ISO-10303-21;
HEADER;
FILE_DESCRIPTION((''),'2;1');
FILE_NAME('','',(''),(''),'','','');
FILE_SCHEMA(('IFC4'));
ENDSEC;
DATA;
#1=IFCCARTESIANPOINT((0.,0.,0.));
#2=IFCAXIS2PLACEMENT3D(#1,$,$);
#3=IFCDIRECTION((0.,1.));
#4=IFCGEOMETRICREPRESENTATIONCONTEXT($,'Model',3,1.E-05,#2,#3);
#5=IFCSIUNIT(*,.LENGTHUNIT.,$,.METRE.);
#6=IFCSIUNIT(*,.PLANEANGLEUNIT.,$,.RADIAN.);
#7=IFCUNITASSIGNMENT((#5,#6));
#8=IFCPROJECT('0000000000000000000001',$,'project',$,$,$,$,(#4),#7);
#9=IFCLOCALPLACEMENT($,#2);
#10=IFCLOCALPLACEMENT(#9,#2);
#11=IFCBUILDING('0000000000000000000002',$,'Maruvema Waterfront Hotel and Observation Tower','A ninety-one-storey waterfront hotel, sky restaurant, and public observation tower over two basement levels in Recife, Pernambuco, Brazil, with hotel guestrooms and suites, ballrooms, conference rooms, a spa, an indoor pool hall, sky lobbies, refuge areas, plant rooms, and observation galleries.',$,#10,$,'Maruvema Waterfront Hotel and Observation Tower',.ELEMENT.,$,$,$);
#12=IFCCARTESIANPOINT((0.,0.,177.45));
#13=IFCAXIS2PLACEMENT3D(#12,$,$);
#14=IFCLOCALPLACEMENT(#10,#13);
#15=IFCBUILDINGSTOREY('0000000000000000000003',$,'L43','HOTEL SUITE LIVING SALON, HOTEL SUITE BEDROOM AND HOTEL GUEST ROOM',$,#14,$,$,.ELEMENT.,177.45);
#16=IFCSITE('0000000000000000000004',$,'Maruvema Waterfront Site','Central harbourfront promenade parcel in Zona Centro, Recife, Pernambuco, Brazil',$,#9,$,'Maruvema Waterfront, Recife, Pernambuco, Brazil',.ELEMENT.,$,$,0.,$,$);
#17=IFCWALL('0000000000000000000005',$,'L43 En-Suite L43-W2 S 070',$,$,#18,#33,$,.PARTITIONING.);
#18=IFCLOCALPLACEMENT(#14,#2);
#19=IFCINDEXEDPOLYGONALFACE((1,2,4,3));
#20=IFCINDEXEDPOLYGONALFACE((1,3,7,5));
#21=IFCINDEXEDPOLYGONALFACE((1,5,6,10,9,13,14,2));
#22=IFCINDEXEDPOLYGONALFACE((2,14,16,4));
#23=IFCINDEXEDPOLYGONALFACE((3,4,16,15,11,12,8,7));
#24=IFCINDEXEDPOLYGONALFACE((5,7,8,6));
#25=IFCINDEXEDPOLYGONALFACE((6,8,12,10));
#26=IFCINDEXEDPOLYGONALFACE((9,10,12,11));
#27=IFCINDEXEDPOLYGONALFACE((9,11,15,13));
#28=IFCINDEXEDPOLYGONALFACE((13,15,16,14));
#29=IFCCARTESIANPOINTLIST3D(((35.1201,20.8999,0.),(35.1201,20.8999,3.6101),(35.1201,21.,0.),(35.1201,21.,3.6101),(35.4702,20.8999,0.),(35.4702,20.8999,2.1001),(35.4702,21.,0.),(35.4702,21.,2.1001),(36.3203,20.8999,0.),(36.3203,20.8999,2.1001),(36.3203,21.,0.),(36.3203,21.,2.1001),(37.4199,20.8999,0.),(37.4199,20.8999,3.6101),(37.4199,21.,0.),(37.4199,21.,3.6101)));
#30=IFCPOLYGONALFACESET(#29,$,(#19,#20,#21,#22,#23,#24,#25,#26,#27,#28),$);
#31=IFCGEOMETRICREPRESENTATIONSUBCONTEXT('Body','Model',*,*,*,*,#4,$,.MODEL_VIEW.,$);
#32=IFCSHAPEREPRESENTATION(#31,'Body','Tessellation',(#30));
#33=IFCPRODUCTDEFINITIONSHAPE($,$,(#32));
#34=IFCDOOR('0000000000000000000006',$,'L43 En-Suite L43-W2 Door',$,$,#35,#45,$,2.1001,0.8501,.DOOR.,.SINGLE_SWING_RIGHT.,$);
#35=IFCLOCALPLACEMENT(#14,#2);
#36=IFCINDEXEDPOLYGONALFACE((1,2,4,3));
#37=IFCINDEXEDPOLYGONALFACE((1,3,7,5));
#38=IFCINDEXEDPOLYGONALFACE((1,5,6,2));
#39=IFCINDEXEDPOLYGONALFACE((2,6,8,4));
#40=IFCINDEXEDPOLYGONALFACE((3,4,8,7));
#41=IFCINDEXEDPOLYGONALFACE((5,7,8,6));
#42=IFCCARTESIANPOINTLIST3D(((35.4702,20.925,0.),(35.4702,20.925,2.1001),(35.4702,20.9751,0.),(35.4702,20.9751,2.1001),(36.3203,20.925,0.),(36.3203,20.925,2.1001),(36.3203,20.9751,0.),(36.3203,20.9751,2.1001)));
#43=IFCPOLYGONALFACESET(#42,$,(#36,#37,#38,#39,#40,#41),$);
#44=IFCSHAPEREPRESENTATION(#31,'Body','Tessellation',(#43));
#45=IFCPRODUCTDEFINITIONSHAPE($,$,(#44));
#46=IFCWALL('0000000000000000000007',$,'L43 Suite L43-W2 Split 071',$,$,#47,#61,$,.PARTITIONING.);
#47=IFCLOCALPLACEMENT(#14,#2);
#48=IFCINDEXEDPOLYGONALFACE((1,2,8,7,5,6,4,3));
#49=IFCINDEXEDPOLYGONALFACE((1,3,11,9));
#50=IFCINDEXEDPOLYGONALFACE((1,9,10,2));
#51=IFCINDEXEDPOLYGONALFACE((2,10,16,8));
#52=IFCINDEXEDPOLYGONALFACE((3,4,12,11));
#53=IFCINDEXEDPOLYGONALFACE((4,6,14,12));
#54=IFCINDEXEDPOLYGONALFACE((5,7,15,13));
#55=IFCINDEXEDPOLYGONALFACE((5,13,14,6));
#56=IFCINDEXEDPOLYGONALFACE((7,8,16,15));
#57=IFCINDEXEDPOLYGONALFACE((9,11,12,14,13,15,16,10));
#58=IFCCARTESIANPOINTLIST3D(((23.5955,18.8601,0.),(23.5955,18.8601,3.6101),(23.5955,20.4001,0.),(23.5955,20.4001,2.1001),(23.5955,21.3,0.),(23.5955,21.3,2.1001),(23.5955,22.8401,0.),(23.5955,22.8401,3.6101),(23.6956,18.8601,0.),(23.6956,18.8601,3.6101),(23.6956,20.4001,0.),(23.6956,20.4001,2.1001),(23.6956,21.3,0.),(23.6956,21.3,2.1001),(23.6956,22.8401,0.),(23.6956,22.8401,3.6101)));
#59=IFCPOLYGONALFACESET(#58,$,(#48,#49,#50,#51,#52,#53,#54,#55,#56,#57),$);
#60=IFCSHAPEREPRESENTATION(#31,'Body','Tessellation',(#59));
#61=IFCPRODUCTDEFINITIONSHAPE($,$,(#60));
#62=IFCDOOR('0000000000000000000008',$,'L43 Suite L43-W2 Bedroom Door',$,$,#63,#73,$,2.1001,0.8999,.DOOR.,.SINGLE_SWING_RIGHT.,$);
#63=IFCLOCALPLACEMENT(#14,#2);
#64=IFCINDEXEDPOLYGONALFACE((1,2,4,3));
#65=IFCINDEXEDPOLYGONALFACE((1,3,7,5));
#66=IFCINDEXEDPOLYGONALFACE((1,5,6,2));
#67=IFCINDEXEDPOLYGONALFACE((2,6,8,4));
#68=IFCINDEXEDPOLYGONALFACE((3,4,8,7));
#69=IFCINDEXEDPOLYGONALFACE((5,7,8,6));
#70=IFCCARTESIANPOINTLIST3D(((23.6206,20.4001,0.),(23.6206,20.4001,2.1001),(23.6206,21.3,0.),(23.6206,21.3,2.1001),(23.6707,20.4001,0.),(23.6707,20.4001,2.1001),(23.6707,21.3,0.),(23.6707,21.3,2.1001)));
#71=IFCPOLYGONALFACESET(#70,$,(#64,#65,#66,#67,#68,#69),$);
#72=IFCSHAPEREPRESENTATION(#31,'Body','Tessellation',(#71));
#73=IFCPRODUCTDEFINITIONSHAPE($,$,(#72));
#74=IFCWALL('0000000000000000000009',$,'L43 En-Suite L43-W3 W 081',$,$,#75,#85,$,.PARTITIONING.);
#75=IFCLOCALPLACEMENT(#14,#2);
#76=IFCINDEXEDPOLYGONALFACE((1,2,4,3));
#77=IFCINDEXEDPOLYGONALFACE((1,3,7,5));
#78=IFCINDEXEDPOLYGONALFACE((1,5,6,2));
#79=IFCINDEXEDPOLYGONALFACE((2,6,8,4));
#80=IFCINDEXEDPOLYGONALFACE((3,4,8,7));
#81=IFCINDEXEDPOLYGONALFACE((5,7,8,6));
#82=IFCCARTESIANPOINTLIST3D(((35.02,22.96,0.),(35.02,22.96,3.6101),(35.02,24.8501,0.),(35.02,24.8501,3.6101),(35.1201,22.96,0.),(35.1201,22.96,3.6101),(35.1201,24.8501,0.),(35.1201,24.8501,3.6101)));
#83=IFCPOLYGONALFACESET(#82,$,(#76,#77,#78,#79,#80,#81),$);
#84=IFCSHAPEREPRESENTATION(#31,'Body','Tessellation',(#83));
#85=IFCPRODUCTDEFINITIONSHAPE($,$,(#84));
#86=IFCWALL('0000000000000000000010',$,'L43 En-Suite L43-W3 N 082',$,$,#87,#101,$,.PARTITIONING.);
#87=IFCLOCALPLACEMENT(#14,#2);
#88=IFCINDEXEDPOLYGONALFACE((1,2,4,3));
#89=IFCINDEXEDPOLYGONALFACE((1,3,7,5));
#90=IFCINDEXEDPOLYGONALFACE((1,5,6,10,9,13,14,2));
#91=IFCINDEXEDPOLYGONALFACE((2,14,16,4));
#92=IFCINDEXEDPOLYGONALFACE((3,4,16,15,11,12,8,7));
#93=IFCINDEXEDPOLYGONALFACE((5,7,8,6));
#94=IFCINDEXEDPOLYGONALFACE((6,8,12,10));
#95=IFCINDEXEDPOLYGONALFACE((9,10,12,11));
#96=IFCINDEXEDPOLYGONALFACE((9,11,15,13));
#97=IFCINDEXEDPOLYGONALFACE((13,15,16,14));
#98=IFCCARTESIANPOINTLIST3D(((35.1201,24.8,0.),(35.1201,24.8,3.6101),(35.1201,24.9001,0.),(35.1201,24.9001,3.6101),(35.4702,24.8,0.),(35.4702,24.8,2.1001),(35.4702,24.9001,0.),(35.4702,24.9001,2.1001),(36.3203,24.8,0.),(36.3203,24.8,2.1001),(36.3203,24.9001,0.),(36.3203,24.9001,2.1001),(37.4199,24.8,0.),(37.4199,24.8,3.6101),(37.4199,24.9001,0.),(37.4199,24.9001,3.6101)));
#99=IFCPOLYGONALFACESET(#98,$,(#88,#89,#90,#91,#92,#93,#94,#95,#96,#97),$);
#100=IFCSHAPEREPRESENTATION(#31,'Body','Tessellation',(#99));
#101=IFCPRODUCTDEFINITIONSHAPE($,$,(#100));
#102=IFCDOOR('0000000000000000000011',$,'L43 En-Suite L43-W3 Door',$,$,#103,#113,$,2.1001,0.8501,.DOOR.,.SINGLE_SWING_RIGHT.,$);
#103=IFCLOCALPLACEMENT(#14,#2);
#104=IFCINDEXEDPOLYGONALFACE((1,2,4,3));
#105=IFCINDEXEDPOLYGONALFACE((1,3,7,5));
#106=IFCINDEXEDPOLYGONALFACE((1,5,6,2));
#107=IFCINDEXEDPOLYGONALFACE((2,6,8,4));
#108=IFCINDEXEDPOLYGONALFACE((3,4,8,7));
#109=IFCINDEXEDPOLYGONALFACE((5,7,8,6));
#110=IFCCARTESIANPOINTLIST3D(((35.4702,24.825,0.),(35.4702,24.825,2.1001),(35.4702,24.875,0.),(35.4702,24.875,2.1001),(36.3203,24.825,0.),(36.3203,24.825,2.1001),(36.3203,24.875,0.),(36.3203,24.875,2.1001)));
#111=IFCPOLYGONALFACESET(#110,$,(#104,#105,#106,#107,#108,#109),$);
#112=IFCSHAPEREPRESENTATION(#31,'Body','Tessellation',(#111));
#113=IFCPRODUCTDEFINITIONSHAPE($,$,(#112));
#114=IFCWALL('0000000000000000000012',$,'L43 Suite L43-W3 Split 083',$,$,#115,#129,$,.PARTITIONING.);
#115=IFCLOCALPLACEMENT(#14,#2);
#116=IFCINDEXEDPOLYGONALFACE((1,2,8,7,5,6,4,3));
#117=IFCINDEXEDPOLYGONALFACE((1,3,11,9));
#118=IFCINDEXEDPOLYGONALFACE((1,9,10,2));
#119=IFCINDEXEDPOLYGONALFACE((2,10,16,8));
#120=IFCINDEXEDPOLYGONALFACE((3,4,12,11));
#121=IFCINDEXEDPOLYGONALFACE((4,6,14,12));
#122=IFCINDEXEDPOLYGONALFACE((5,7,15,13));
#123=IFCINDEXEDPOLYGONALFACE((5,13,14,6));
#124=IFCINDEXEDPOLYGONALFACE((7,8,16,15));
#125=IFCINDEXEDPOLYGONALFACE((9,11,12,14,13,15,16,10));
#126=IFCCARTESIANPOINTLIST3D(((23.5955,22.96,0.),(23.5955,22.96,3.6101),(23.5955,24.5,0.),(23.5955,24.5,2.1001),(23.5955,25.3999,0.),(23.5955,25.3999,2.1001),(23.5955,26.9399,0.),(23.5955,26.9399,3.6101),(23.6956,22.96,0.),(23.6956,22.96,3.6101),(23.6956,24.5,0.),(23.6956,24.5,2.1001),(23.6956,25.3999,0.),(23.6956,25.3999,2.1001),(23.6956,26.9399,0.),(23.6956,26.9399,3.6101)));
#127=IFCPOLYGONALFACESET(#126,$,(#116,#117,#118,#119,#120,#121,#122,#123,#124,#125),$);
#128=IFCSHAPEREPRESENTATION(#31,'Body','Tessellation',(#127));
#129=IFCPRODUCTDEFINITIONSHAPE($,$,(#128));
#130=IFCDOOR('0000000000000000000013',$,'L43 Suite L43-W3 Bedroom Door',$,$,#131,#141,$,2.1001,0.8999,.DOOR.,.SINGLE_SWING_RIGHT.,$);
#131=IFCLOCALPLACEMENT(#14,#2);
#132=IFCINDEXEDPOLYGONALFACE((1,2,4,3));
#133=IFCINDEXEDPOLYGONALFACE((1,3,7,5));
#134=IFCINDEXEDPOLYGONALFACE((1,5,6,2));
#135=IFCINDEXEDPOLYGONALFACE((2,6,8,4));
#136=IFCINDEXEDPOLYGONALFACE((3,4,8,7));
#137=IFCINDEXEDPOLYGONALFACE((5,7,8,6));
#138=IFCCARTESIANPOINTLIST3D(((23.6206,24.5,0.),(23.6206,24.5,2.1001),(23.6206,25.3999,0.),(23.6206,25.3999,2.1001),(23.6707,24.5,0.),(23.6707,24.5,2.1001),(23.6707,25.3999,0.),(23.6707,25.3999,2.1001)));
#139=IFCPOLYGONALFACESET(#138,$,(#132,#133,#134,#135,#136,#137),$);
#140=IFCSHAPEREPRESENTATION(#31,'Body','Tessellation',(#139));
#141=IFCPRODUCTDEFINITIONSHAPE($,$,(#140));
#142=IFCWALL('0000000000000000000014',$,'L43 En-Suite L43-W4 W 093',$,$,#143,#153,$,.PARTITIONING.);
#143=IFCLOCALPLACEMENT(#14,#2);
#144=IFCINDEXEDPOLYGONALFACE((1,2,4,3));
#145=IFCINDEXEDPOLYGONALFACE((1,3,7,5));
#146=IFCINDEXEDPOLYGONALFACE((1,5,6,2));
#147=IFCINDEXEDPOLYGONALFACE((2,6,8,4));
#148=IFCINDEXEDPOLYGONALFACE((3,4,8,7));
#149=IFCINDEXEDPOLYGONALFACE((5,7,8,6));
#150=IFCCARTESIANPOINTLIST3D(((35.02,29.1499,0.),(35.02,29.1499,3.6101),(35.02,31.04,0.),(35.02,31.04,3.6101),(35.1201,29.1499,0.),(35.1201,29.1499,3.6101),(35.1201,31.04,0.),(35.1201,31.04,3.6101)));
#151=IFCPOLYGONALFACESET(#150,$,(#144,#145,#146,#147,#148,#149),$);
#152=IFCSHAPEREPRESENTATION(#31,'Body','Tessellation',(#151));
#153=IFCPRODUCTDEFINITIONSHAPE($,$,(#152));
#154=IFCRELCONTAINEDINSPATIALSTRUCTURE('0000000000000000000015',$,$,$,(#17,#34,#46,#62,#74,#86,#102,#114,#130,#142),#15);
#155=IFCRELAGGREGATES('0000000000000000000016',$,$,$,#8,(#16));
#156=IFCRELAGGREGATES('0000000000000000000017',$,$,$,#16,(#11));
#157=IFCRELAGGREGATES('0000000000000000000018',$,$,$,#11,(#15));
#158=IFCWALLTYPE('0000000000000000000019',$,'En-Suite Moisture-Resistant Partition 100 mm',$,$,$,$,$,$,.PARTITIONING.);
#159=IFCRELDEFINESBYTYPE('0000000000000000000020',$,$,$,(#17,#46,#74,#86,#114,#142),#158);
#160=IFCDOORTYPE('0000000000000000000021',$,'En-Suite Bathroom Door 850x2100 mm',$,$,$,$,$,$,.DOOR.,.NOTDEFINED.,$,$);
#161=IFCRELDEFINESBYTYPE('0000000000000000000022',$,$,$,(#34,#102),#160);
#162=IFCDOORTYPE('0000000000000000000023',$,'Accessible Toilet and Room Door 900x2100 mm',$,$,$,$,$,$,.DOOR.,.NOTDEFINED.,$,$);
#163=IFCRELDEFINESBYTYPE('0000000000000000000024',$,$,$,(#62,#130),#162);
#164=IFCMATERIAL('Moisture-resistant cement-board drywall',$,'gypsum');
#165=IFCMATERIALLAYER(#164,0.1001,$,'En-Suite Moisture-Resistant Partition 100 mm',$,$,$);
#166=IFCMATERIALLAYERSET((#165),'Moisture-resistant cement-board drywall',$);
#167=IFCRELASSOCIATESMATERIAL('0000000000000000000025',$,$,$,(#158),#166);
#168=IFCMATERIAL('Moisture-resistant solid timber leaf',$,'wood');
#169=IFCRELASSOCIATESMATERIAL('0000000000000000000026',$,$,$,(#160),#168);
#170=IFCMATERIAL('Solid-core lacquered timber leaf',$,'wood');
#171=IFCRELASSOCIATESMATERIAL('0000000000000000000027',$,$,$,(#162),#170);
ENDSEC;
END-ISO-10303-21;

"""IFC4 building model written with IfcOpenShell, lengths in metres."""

from ifc_helpers import new_model, si_unit, direction, frame, frame_2d, origin, place, context, subcontext, project, spatial, rectangle, extrude, material, layer, layer_set, type_object, element, fill, save


model = new_model("IFC4")

# Units and contexts
model_context = context("Model", 3, precision=1e-05, world=origin(), true_north=direction((0.0, 1.0)))
body_context = subcontext(model_context, "Body", "Model", "MODEL_VIEW")
ifc_project = project(units=[si_unit("LENGTHUNIT", "METRE"), si_unit("PLANEANGLEUNIT", "RADIAN")], contexts=[model_context])

# Site, building, storey
site_placement = place(None, origin())
site = spatial("IfcSite", under=ifc_project, at=site_placement, Name="Maruvema Waterfront Site", Description="Central harbourfront promenade parcel in Zona Centro, Recife, Pernambuco, Brazil", LongName="Maruvema Waterfront, Recife, Pernambuco, Brazil", CompositionType="ELEMENT", RefElevation=0.0)
building_placement = place(site_placement, origin())
building = spatial("IfcBuilding", under=site, at=building_placement, Name="Maruvema Waterfront Hotel and Observation Tower", Description="A ninety-one-storey waterfront hotel, sky restaurant, and public observation tower over two basement levels in Recife, Pernambuco, Brazil, with hotel guestrooms and suites, ballrooms, conference rooms, a spa, an indoor pool hall, sky lobbies, refuge areas, plant rooms, and observation galleries.", LongName="Maruvema Waterfront Hotel and Observation Tower", CompositionType="ELEMENT")
storey_placement = place(building_placement, frame((0.0, 0.0, 177.45)))
storey = spatial("IfcBuildingStorey", under=building, at=storey_placement, Name="L43", Description="HOTEL SUITE LIVING SALON, HOTEL SUITE BEDROOM AND HOTEL GUEST ROOM", CompositionType="ELEMENT", Elevation=177.45)

# Shared definitions
ifc_material_1 = material(Name="Moisture-resistant cement-board drywall", Category="gypsum")
ifc_layer_1 = layer(ifc_material_1, 0.1001, Name="En-Suite Moisture-Resistant Partition 100 mm")
ifc_layer_set_1 = layer_set([ifc_layer_1], Name="Moisture-resistant cement-board drywall")
wall_type = type_object("IfcWallType", Name="En-Suite Moisture-Resistant Partition 100 mm", PredefinedType="PARTITIONING", material=ifc_layer_set_1)

# Walls, openings, doors
wall_1_placement = place(storey_placement, frame((35.1201, 20.95, 0.0), z_axis=(0.0, 0.0, 1.0), x_axis=(1.0, 0.0, 0.0)))
wall_1 = element("IfcWall", 1, at=wall_1_placement, inside=storey, type_object=wall_type, Name="L43 En-Suite L43-W2 S 070", PredefinedType="PARTITIONING", context=body_context, shape_type="SweptSolid", body=[
    extrude(rectangle(XDim=2.2998, YDim=0.1001, at=frame_2d((1.1499, 0.0))), origin(), (0.0, 0.0, 1.0), 3.6101),
])
opening_1_placement = place(wall_1_placement, frame((0.3501, 0.0, 0.0)))
opening_1 = element("IfcOpeningElement", 2, at=opening_1_placement, cuts=wall_1, PredefinedType="OPENING", context=body_context, shape_type="SweptSolid", body=[
    extrude(rectangle(XDim=0.8501, YDim=2.1001, at=frame_2d((0.425, 1.05))), frame((0.0, 0.0601, 0.0), z_axis=(0.0, -1.0, 0.0), x_axis=(1.0, 0.0, 0.0)), (0.0, 0.0, 1.0), 0.1201),
])
ifc_material_2 = material(Name="Moisture-resistant solid timber leaf", Category="wood")
door_type_1 = type_object("IfcDoorType", Name="En-Suite Bathroom Door 850x2100 mm", OperationType="NOTDEFINED", PredefinedType="DOOR", material=ifc_material_2)
door_1_placement = place(opening_1_placement, frame((0.8501, 0.0, 0.0), z_axis=(0.0, 0.0, 1.0), x_axis=(-1.0, 0.0, 0.0)))
door_1 = element("IfcDoor", 3, at=door_1_placement, inside=storey, type_object=door_type_1, Name="L43 En-Suite L43-W2 Door", OperationType="SINGLE_SWING_RIGHT", OverallHeight=2.1001, OverallWidth=0.8501, PredefinedType="DOOR", context=body_context, shape_type="SweptSolid", body=[
    extrude(rectangle(XDim=0.8501, YDim=2.1001, at=frame_2d((0.425, 1.05))), frame((0.0, 0.0249, 0.0), z_axis=(0.0, -1.0, 0.0), x_axis=(1.0, 0.0, 0.0)), (0.0, 0.0, 1.0), 0.05),
])
fill(opening_1, door_1)
wall_2_placement = place(storey_placement, frame((23.6455, 18.8601, 0.0), z_axis=(0.0, 0.0, 1.0), x_axis=(0.0, 1.0, 0.0)))
wall_2 = element("IfcWall", 4, at=wall_2_placement, inside=storey, type_object=wall_type, Name="L43 Suite L43-W2 Split 071", PredefinedType="PARTITIONING", context=body_context, shape_type="SweptSolid", body=[
    extrude(rectangle(XDim=3.98, YDim=0.1001, at=frame_2d((1.99, 0.0))), origin(), (0.0, 0.0, 1.0), 3.6101),
])
opening_2_placement = place(wall_2_placement, frame((1.54, 0.0, 0.0)))
opening_2 = element("IfcOpeningElement", 5, at=opening_2_placement, cuts=wall_2, PredefinedType="OPENING", context=body_context, shape_type="SweptSolid", body=[
    extrude(rectangle(XDim=0.8999, YDim=2.1001, at=frame_2d((0.45, 1.05))), frame((0.0, 0.0601, 0.0), z_axis=(0.0, -1.0, 0.0), x_axis=(1.0, 0.0, 0.0)), (0.0, 0.0, 1.0), 0.1201),
])
ifc_material_3 = material(Name="Solid-core lacquered timber leaf", Category="wood")
door_type_2 = type_object("IfcDoorType", Name="Accessible Toilet and Room Door 900x2100 mm", OperationType="NOTDEFINED", PredefinedType="DOOR", material=ifc_material_3)
door_2_placement = place(opening_2_placement, origin())
door_2 = element("IfcDoor", 6, at=door_2_placement, inside=storey, type_object=door_type_2, Name="L43 Suite L43-W2 Bedroom Door", OperationType="SINGLE_SWING_RIGHT", OverallHeight=2.1001, OverallWidth=0.8999, PredefinedType="DOOR", context=body_context, shape_type="SweptSolid", body=[
    extrude(rectangle(XDim=0.8999, YDim=2.1001, at=frame_2d((0.45, 1.05))), frame((0.0, 0.0249, 0.0), z_axis=(0.0, -1.0, 0.0), x_axis=(1.0, 0.0, 0.0)), (0.0, 0.0, 1.0), 0.05),
])
fill(opening_2, door_2)

# Wall
wall_3_placement = place(storey_placement, frame((35.0701, 22.96, 0.0), z_axis=(0.0, 0.0, 1.0), x_axis=(0.0, 1.0, 0.0)))
element("IfcWall", 7, at=wall_3_placement, inside=storey, type_object=wall_type, Name="L43 En-Suite L43-W3 W 081", PredefinedType="PARTITIONING", context=body_context, shape_type="SweptSolid", body=[
    extrude(rectangle(XDim=1.8901, YDim=0.1001, at=frame_2d((0.9451, 0.0))), origin(), (0.0, 0.0, 1.0), 3.6101),
])

# Walls, openings, doors
wall_4_placement = place(storey_placement, frame((35.1201, 24.8501, 0.0), z_axis=(0.0, 0.0, 1.0), x_axis=(1.0, 0.0, 0.0)))
wall_4 = element("IfcWall", 8, at=wall_4_placement, inside=storey, type_object=wall_type, Name="L43 En-Suite L43-W3 N 082", PredefinedType="PARTITIONING", context=body_context, shape_type="SweptSolid", body=[
    extrude(rectangle(XDim=2.2998, YDim=0.1001, at=frame_2d((1.1499, 0.0))), origin(), (0.0, 0.0, 1.0), 3.6101),
])
opening_3_placement = place(wall_4_placement, frame((0.3501, 0.0, 0.0)))
opening_3 = element("IfcOpeningElement", 9, at=opening_3_placement, cuts=wall_4, PredefinedType="OPENING", context=body_context, shape_type="SweptSolid", body=[
    extrude(rectangle(XDim=0.8501, YDim=2.1001, at=frame_2d((0.425, 1.05))), frame((0.0, 0.0601, 0.0), z_axis=(0.0, -1.0, 0.0), x_axis=(1.0, 0.0, 0.0)), (0.0, 0.0, 1.0), 0.1201),
])
door_3_placement = place(opening_3_placement, origin())
door_3 = element("IfcDoor", 10, at=door_3_placement, inside=storey, type_object=door_type_1, Name="L43 En-Suite L43-W3 Door", OperationType="SINGLE_SWING_RIGHT", OverallHeight=2.1001, OverallWidth=0.8501, PredefinedType="DOOR", context=body_context, shape_type="SweptSolid", body=[
    extrude(rectangle(XDim=0.8501, YDim=2.1001, at=frame_2d((0.425, 1.05))), frame((0.0, 0.0249, 0.0), z_axis=(0.0, -1.0, 0.0), x_axis=(1.0, 0.0, 0.0)), (0.0, 0.0, 1.0), 0.05),
])
fill(opening_3, door_3)
wall_5_placement = place(storey_placement, frame((23.6455, 22.96, 0.0), z_axis=(0.0, 0.0, 1.0), x_axis=(0.0, 1.0, 0.0)))
wall_5 = element("IfcWall", 11, at=wall_5_placement, inside=storey, type_object=wall_type, Name="L43 Suite L43-W3 Split 083", PredefinedType="PARTITIONING", context=body_context, shape_type="SweptSolid", body=[
    extrude(rectangle(XDim=3.98, YDim=0.1001, at=frame_2d((1.99, 0.0))), origin(), (0.0, 0.0, 1.0), 3.6101),
])
opening_4_placement = place(wall_5_placement, frame((1.54, 0.0, 0.0)))
opening_4 = element("IfcOpeningElement", 12, at=opening_4_placement, cuts=wall_5, PredefinedType="OPENING", context=body_context, shape_type="SweptSolid", body=[
    extrude(rectangle(XDim=0.8999, YDim=2.1001, at=frame_2d((0.45, 1.05))), frame((0.0, 0.0601, 0.0), z_axis=(0.0, -1.0, 0.0), x_axis=(1.0, 0.0, 0.0)), (0.0, 0.0, 1.0), 0.1201),
])
door_4_placement = place(opening_4_placement, origin())
door_4 = element("IfcDoor", 13, at=door_4_placement, inside=storey, type_object=door_type_2, Name="L43 Suite L43-W3 Bedroom Door", OperationType="SINGLE_SWING_RIGHT", OverallHeight=2.1001, OverallWidth=0.8999, PredefinedType="DOOR", context=body_context, shape_type="SweptSolid", body=[
    extrude(rectangle(XDim=0.8999, YDim=2.1001, at=frame_2d((0.45, 1.05))), frame((0.0, 0.0249, 0.0), z_axis=(0.0, -1.0, 0.0), x_axis=(1.0, 0.0, 0.0)), (0.0, 0.0, 1.0), 0.05),
])
fill(opening_4, door_4)

# Wall
wall_6_placement = place(storey_placement, frame((35.0701, 29.1499, 0.0), z_axis=(0.0, 0.0, 1.0), x_axis=(0.0, 1.0, 0.0)))
element("IfcWall", 14, at=wall_6_placement, inside=storey, type_object=wall_type, Name="L43 En-Suite L43-W4 W 093", PredefinedType="PARTITIONING", context=body_context, shape_type="SweptSolid", body=[
    extrude(rectangle(XDim=1.8901, YDim=0.1001, at=frame_2d((0.9451, 0.0))), origin(), (0.0, 0.0, 1.0), 3.6101),
])

save(model, "model.ifc")
